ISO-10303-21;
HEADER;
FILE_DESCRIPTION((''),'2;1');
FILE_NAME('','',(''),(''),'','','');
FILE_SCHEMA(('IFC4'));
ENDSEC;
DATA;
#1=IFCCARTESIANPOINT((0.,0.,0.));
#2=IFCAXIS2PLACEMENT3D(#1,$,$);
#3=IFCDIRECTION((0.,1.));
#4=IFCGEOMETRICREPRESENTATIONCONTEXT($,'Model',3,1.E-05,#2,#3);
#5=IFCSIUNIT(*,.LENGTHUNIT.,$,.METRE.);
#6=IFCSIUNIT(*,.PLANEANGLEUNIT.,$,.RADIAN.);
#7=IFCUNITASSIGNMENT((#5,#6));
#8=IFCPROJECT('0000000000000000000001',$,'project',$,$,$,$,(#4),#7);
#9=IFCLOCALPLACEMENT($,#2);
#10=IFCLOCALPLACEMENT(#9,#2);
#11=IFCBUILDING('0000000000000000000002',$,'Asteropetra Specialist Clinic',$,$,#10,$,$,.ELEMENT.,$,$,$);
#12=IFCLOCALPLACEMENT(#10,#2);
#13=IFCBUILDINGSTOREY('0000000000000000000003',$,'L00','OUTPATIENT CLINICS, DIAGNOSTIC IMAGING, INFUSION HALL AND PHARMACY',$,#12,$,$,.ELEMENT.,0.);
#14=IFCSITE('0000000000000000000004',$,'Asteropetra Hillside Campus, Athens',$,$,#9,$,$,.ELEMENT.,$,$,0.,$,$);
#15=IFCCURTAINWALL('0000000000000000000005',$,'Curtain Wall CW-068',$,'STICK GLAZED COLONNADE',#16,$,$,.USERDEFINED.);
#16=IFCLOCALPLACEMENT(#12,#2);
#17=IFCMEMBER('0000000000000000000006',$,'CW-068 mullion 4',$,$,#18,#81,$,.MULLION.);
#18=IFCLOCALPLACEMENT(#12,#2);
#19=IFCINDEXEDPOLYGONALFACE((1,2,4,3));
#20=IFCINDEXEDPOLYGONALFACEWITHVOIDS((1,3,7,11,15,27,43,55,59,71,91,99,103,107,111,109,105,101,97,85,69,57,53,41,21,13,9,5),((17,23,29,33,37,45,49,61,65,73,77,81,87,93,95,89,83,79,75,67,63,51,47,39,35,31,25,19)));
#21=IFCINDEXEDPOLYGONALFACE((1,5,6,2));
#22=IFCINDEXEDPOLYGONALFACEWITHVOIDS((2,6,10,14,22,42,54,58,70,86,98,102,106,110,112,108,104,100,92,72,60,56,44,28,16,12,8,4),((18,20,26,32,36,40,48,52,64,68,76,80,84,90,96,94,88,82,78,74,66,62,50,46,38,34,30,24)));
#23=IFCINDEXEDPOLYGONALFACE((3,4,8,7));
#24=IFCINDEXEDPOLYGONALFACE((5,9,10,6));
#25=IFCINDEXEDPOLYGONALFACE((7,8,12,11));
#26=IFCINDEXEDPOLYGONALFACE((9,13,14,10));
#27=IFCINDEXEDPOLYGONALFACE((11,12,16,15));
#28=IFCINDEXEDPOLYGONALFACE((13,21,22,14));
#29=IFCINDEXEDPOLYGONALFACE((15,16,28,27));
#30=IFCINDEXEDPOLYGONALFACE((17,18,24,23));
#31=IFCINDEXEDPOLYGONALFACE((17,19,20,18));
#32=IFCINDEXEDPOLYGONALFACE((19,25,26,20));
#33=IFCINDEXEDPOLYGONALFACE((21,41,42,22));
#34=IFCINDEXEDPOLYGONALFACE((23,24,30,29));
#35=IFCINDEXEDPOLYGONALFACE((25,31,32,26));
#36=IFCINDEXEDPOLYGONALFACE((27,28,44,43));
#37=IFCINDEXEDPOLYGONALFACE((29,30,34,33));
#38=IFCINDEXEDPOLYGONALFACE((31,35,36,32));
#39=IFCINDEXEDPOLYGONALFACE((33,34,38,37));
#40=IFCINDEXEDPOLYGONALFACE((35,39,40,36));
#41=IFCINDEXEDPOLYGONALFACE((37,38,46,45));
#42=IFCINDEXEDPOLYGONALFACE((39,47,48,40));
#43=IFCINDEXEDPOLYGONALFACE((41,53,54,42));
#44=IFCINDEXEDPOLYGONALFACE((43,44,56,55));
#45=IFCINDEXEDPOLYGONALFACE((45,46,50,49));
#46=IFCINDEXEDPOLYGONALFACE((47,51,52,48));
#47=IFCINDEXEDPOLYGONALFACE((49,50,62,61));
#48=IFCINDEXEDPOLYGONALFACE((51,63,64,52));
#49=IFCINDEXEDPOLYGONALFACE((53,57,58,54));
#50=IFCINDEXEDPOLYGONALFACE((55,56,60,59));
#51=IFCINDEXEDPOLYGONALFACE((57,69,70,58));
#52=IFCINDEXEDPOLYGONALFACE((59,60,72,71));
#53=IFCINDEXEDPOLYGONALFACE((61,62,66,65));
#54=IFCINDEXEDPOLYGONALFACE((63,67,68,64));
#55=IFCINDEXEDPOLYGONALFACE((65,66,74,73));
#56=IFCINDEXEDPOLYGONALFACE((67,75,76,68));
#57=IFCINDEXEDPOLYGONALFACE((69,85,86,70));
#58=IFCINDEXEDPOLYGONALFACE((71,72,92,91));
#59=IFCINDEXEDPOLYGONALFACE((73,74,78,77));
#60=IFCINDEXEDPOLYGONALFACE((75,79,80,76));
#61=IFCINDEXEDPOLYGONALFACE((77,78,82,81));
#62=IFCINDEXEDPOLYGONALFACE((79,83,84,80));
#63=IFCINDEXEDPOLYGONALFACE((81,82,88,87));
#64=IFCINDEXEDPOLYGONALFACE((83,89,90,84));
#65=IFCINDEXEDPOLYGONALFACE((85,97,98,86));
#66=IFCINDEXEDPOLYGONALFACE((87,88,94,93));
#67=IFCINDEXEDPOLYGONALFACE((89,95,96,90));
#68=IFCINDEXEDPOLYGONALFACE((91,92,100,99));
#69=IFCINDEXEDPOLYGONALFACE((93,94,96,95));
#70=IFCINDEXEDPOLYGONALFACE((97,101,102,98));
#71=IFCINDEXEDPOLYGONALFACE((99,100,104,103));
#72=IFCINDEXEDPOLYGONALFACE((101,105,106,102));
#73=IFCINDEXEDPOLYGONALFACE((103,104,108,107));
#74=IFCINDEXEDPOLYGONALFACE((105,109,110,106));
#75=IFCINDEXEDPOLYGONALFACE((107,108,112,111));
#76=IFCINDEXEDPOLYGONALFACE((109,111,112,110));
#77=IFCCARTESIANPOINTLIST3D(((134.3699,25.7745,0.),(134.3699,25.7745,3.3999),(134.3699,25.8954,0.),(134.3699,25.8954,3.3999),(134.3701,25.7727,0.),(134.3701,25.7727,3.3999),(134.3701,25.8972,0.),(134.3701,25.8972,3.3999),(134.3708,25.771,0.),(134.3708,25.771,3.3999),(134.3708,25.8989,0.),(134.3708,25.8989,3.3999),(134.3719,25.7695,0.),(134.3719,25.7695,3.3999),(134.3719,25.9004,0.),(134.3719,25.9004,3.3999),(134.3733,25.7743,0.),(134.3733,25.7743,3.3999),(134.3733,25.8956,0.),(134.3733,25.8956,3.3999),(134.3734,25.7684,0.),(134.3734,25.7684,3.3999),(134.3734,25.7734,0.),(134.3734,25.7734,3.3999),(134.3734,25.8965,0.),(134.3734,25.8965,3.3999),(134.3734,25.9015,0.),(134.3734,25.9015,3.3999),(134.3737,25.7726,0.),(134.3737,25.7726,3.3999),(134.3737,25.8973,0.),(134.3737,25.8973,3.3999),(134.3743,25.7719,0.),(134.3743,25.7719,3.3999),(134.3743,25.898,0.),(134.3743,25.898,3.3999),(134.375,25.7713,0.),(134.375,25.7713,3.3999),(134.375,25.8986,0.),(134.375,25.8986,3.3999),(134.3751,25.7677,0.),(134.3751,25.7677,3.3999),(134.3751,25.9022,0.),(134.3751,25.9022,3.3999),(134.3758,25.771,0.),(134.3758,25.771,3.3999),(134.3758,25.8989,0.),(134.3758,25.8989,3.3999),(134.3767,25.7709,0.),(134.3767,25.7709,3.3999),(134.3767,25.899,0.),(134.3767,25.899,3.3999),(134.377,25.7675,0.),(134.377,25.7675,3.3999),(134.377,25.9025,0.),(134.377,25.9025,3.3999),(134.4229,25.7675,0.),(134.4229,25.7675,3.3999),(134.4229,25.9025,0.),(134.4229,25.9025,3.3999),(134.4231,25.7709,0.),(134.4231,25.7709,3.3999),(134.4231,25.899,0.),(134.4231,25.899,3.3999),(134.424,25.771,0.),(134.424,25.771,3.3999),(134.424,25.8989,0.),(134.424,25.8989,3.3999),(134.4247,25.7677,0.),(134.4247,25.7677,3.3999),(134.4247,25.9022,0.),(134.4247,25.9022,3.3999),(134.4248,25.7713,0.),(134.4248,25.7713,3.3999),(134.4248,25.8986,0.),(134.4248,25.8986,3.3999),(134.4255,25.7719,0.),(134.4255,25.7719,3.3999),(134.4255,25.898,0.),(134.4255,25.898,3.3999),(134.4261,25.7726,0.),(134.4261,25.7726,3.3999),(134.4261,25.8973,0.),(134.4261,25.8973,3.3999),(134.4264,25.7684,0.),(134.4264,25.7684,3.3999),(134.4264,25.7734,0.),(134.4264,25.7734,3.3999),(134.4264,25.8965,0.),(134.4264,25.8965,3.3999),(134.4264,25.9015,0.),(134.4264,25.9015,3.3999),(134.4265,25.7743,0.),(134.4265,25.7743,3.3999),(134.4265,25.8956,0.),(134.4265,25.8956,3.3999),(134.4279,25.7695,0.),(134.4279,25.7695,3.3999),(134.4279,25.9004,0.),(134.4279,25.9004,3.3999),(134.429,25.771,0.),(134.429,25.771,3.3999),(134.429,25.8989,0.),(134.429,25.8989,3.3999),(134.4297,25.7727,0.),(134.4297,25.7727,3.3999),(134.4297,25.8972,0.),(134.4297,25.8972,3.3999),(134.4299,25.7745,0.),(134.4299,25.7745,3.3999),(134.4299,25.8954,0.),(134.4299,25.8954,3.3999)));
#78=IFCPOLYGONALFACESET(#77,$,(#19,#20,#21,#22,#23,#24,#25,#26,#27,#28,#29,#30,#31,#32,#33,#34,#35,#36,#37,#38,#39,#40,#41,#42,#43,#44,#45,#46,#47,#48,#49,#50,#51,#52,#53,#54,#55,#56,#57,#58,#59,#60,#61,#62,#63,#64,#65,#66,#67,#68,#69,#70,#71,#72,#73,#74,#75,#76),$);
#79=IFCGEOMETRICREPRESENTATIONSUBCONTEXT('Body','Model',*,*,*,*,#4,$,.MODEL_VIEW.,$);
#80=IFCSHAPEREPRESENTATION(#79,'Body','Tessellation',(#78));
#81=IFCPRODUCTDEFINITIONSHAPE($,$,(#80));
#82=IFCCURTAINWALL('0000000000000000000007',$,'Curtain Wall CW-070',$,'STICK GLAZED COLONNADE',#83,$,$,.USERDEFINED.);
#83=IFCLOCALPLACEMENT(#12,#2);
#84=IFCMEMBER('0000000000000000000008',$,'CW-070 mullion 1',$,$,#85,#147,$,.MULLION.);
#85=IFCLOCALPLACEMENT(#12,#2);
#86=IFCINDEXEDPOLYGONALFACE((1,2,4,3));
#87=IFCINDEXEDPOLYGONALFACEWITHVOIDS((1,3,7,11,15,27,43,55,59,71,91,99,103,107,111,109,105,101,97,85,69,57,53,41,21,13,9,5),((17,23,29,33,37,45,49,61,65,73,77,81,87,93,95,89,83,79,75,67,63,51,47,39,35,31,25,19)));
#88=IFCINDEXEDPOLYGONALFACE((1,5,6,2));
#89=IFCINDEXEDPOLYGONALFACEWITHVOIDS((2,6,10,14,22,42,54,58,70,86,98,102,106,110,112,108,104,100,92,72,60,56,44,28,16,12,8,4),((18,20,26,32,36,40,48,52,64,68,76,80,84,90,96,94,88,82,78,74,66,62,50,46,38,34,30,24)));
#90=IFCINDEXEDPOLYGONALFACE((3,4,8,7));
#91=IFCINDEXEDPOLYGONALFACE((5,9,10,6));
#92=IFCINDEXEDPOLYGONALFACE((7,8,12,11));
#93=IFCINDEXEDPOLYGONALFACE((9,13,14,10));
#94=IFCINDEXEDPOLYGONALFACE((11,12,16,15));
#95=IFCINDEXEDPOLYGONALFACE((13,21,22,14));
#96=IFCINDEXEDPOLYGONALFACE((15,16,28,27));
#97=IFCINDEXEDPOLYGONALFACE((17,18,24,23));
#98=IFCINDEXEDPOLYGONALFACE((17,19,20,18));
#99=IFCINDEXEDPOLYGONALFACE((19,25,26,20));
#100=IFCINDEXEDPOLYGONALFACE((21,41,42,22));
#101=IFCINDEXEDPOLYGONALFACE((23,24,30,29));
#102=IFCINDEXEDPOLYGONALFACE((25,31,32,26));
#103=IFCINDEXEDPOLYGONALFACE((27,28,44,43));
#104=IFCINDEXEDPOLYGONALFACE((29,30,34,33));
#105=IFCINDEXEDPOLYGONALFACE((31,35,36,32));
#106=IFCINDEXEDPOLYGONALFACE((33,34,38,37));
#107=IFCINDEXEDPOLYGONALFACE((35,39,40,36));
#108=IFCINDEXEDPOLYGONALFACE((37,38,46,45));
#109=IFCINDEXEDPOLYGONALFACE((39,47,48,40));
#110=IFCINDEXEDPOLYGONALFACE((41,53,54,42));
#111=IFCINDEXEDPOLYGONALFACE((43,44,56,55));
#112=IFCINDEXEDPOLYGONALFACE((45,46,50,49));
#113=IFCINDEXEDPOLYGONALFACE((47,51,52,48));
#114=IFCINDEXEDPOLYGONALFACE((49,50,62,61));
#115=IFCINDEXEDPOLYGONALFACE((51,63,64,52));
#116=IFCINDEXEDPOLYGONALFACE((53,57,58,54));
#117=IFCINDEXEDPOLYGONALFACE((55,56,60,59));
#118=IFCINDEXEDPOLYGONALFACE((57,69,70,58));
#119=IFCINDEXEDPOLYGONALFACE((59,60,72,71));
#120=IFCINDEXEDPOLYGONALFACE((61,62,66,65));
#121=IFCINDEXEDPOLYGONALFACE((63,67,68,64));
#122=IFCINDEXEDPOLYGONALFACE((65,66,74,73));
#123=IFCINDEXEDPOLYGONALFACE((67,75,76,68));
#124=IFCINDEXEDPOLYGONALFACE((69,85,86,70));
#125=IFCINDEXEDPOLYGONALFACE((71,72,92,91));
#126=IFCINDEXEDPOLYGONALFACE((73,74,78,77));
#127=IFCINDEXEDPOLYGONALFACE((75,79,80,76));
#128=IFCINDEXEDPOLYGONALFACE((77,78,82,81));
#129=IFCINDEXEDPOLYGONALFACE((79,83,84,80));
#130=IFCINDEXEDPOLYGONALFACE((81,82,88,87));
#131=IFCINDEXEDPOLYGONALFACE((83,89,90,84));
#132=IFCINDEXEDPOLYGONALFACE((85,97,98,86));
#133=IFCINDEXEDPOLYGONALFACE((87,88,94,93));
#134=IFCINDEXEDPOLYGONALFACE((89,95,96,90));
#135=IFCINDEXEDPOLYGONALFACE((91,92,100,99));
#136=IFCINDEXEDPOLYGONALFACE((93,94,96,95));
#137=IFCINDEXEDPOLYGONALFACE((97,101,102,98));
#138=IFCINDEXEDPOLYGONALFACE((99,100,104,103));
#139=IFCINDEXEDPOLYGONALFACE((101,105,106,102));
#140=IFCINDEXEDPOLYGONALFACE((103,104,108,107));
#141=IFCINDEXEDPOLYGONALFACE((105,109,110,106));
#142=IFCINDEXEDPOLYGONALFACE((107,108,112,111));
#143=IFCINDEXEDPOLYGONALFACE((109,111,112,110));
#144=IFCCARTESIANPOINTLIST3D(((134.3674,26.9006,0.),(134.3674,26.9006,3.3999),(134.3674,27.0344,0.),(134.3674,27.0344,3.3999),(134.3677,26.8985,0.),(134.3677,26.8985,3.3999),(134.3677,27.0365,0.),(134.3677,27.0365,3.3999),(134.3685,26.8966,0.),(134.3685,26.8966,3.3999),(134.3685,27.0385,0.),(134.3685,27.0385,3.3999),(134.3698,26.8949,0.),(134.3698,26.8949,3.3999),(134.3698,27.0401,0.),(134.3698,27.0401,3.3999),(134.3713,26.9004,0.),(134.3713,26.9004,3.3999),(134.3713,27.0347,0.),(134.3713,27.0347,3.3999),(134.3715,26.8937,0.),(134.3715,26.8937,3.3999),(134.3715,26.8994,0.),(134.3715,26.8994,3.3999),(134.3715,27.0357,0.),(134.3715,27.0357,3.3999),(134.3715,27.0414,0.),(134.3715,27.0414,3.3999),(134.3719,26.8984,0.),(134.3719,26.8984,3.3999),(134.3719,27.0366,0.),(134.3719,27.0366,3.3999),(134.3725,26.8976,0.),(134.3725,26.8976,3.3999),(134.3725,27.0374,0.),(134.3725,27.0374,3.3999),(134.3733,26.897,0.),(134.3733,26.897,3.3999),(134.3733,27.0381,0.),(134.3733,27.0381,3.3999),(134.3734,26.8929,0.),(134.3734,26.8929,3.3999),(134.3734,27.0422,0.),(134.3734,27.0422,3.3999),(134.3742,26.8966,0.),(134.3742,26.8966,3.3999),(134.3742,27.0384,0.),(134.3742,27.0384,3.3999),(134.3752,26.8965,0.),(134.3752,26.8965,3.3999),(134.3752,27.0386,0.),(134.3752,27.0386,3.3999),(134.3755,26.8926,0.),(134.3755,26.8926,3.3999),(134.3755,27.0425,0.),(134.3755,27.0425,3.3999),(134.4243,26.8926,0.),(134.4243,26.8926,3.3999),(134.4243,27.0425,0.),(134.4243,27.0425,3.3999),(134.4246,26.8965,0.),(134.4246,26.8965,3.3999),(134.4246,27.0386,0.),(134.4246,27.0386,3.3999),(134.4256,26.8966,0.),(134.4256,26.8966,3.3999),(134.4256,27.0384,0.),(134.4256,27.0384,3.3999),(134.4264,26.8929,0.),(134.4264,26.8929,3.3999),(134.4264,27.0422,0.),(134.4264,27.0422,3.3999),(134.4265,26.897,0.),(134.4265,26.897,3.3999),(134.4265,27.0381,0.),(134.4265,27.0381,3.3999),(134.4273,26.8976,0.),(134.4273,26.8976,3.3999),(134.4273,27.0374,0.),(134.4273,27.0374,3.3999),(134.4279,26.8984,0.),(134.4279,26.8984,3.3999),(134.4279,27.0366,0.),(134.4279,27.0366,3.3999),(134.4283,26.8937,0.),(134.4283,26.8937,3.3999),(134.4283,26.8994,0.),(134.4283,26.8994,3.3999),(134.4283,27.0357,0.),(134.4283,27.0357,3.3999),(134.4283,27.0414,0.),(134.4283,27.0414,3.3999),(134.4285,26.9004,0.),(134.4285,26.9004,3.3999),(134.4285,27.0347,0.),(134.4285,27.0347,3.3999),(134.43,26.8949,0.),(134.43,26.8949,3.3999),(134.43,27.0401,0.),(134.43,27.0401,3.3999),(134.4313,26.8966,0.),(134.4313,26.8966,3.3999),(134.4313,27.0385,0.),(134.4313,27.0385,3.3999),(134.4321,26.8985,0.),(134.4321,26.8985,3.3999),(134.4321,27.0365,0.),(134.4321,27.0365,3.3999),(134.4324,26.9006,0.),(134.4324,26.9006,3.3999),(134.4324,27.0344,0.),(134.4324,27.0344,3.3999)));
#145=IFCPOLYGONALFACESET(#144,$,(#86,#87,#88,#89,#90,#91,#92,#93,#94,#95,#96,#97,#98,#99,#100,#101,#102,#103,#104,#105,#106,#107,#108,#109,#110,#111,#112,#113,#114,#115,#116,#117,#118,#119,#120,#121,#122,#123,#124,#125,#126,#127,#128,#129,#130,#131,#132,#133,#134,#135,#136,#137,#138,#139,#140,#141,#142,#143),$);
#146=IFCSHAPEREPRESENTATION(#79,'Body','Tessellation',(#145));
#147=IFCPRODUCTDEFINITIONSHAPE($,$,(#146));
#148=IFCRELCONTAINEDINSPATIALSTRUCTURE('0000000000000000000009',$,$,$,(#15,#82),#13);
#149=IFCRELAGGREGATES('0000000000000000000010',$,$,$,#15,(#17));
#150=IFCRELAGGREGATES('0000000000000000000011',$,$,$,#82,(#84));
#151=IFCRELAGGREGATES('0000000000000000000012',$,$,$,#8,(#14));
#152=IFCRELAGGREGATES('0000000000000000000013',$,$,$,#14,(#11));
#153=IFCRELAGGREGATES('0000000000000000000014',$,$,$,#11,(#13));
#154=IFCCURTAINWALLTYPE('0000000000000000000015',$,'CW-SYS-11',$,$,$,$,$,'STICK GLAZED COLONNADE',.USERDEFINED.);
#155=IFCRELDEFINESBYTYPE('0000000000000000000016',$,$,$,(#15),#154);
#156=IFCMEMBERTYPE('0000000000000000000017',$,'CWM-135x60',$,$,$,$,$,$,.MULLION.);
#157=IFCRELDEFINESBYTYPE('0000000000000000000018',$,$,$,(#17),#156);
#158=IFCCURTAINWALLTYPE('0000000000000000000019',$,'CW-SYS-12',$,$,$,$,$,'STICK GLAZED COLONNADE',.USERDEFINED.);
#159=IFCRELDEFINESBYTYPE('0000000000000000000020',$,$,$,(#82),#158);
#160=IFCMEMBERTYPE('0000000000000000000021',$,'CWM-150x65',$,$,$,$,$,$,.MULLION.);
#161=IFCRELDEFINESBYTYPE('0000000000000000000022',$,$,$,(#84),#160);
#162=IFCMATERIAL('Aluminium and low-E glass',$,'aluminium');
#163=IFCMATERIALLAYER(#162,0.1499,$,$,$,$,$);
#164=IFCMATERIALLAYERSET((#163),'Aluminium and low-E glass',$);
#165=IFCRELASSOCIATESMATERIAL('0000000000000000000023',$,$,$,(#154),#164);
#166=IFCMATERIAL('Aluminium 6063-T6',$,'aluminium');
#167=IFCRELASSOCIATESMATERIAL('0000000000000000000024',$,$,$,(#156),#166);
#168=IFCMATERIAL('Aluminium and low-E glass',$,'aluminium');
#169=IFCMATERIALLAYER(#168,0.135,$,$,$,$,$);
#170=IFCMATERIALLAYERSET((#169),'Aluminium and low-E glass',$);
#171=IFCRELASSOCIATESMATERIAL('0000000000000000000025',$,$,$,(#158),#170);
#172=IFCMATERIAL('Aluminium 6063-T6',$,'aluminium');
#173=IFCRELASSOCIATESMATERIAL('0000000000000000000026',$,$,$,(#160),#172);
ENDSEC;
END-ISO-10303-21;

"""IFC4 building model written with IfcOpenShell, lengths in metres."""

from ifc_helpers import new_model, si_unit, direction, frame, origin, origin_2d, place, context, subcontext, project, spatial, hollow_rectangle, extrude, material, layer, layer_set, material_profile, profile_set, type_object, element, aggregate, save


model = new_model("IFC4")

# Units and contexts
model_context = context("Model", 3, precision=1e-05, world=origin(), true_north=direction((0.0, 1.0)))
body_context = subcontext(model_context, "Body", "Model", "MODEL_VIEW")
ifc_project = project(units=[si_unit("LENGTHUNIT", "METRE"), si_unit("PLANEANGLEUNIT", "RADIAN")], contexts=[model_context])

# Site, building, storey
site_placement = place(None, origin())
site = spatial("IfcSite", under=ifc_project, at=site_placement, Name="Asteropetra Hillside Campus, Athens", CompositionType="ELEMENT", RefElevation=0.0)
building_placement = place(site_placement, origin())
building = spatial("IfcBuilding", under=site, at=building_placement, Name="Asteropetra Specialist Clinic", CompositionType="ELEMENT")
storey_placement = place(building_placement, origin())
storey = spatial("IfcBuildingStorey", under=building, at=storey_placement, Name="L00", Description="OUTPATIENT CLINICS, DIAGNOSTIC IMAGING, INFUSION HALL AND PHARMACY", CompositionType="ELEMENT", Elevation=0.0)

# Curtain walls, members
ifc_material_1 = material(Name="Aluminium and low-E glass", Category="aluminium")
ifc_layer_1 = layer(ifc_material_1, 0.1499)
ifc_layer_set_1 = layer_set([ifc_layer_1], Name="Aluminium and low-E glass")
curtain_wall_type_1 = type_object("IfcCurtainWallType", Name="CW-SYS-11", ElementType="STICK GLAZED COLONNADE", PredefinedType="USERDEFINED", material=ifc_layer_set_1)
curtain_wall_1_placement = place(storey_placement, origin())
curtain_wall_1 = element("IfcCurtainWall", 1, at=curtain_wall_1_placement, inside=storey, type_object=curtain_wall_type_1, Name="Curtain Wall CW-068", ObjectType="STICK GLAZED COLONNADE", PredefinedType="USERDEFINED")
ifc_material_2 = material(Name="Aluminium 6063-T6", Category="aluminium")
ifc_material_profile_1 = material_profile(ifc_material_2, hollow_rectangle(XDim=0.0601, YDim=0.135, WallThickness=0.0034, InnerFilletRadius=0.0034, OuterFilletRadius=0.0071, at=origin_2d()), Name="MUL 135x60x3.5")
ifc_profile_set_1 = profile_set([ifc_material_profile_1], Name="Aluminium 6063-T6")
member_type_1 = type_object("IfcMemberType", Name="CWM-135x60", PredefinedType="MULLION", material=ifc_profile_set_1)
member_1_placement = place(storey_placement, frame((134.3999, 25.835, 0.0), z_axis=(0.0, 0.0, 1.0), x_axis=(-1.0, 0.0, 0.0)))
member_1 = element("IfcMember", 2, at=member_1_placement, type_object=member_type_1, Name="CW-068 mullion 4", PredefinedType="MULLION", context=body_context, shape_type="SweptSolid", body=[
    extrude(hollow_rectangle(XDim=0.0601, YDim=0.135, WallThickness=0.0034, InnerFilletRadius=0.0034, OuterFilletRadius=0.0071, at=origin_2d()), origin(), (0.0, 0.0, 1.0), 3.3999),
])
ifc_material_3 = material(Name="Aluminium and low-E glass", Category="aluminium")
ifc_layer_2 = layer(ifc_material_3, 0.135)
ifc_layer_set_2 = layer_set([ifc_layer_2], Name="Aluminium and low-E glass")
curtain_wall_type_2 = type_object("IfcCurtainWallType", Name="CW-SYS-12", ElementType="STICK GLAZED COLONNADE", PredefinedType="USERDEFINED", material=ifc_layer_set_2)
curtain_wall_2_placement = place(storey_placement, origin())
curtain_wall_2 = element("IfcCurtainWall", 3, at=curtain_wall_2_placement, inside=storey, type_object=curtain_wall_type_2, Name="Curtain Wall CW-070", ObjectType="STICK GLAZED COLONNADE", PredefinedType="USERDEFINED")
ifc_material_4 = material(Name="Aluminium 6063-T6", Category="aluminium")
ifc_material_profile_2 = material_profile(ifc_material_4, hollow_rectangle(XDim=0.0649, YDim=0.1499, WallThickness=0.0039, InnerFilletRadius=0.0039, OuterFilletRadius=0.0081, at=origin_2d()), Name="MUL 150x65x4.0")
ifc_profile_set_2 = profile_set([ifc_material_profile_2], Name="Aluminium 6063-T6")
member_type_2 = type_object("IfcMemberType", Name="CWM-150x65", PredefinedType="MULLION", material=ifc_profile_set_2)
member_2_placement = place(storey_placement, frame((134.3999, 26.9675, 0.0), z_axis=(0.0, 0.0, 1.0), x_axis=(-1.0, 0.0, 0.0)))
member_2 = element("IfcMember", 4, at=member_2_placement, type_object=member_type_2, Name="CW-070 mullion 1", PredefinedType="MULLION", context=body_context, shape_type="SweptSolid", body=[
    extrude(hollow_rectangle(XDim=0.0649, YDim=0.1499, WallThickness=0.0039, InnerFilletRadius=0.0039, OuterFilletRadius=0.0081, at=origin_2d()), origin(), (0.0, 0.0, 1.0), 3.3999),
])

aggregate(curtain_wall_1, [member_1])
aggregate(curtain_wall_2, [member_2])

save(model, "model.ifc")
